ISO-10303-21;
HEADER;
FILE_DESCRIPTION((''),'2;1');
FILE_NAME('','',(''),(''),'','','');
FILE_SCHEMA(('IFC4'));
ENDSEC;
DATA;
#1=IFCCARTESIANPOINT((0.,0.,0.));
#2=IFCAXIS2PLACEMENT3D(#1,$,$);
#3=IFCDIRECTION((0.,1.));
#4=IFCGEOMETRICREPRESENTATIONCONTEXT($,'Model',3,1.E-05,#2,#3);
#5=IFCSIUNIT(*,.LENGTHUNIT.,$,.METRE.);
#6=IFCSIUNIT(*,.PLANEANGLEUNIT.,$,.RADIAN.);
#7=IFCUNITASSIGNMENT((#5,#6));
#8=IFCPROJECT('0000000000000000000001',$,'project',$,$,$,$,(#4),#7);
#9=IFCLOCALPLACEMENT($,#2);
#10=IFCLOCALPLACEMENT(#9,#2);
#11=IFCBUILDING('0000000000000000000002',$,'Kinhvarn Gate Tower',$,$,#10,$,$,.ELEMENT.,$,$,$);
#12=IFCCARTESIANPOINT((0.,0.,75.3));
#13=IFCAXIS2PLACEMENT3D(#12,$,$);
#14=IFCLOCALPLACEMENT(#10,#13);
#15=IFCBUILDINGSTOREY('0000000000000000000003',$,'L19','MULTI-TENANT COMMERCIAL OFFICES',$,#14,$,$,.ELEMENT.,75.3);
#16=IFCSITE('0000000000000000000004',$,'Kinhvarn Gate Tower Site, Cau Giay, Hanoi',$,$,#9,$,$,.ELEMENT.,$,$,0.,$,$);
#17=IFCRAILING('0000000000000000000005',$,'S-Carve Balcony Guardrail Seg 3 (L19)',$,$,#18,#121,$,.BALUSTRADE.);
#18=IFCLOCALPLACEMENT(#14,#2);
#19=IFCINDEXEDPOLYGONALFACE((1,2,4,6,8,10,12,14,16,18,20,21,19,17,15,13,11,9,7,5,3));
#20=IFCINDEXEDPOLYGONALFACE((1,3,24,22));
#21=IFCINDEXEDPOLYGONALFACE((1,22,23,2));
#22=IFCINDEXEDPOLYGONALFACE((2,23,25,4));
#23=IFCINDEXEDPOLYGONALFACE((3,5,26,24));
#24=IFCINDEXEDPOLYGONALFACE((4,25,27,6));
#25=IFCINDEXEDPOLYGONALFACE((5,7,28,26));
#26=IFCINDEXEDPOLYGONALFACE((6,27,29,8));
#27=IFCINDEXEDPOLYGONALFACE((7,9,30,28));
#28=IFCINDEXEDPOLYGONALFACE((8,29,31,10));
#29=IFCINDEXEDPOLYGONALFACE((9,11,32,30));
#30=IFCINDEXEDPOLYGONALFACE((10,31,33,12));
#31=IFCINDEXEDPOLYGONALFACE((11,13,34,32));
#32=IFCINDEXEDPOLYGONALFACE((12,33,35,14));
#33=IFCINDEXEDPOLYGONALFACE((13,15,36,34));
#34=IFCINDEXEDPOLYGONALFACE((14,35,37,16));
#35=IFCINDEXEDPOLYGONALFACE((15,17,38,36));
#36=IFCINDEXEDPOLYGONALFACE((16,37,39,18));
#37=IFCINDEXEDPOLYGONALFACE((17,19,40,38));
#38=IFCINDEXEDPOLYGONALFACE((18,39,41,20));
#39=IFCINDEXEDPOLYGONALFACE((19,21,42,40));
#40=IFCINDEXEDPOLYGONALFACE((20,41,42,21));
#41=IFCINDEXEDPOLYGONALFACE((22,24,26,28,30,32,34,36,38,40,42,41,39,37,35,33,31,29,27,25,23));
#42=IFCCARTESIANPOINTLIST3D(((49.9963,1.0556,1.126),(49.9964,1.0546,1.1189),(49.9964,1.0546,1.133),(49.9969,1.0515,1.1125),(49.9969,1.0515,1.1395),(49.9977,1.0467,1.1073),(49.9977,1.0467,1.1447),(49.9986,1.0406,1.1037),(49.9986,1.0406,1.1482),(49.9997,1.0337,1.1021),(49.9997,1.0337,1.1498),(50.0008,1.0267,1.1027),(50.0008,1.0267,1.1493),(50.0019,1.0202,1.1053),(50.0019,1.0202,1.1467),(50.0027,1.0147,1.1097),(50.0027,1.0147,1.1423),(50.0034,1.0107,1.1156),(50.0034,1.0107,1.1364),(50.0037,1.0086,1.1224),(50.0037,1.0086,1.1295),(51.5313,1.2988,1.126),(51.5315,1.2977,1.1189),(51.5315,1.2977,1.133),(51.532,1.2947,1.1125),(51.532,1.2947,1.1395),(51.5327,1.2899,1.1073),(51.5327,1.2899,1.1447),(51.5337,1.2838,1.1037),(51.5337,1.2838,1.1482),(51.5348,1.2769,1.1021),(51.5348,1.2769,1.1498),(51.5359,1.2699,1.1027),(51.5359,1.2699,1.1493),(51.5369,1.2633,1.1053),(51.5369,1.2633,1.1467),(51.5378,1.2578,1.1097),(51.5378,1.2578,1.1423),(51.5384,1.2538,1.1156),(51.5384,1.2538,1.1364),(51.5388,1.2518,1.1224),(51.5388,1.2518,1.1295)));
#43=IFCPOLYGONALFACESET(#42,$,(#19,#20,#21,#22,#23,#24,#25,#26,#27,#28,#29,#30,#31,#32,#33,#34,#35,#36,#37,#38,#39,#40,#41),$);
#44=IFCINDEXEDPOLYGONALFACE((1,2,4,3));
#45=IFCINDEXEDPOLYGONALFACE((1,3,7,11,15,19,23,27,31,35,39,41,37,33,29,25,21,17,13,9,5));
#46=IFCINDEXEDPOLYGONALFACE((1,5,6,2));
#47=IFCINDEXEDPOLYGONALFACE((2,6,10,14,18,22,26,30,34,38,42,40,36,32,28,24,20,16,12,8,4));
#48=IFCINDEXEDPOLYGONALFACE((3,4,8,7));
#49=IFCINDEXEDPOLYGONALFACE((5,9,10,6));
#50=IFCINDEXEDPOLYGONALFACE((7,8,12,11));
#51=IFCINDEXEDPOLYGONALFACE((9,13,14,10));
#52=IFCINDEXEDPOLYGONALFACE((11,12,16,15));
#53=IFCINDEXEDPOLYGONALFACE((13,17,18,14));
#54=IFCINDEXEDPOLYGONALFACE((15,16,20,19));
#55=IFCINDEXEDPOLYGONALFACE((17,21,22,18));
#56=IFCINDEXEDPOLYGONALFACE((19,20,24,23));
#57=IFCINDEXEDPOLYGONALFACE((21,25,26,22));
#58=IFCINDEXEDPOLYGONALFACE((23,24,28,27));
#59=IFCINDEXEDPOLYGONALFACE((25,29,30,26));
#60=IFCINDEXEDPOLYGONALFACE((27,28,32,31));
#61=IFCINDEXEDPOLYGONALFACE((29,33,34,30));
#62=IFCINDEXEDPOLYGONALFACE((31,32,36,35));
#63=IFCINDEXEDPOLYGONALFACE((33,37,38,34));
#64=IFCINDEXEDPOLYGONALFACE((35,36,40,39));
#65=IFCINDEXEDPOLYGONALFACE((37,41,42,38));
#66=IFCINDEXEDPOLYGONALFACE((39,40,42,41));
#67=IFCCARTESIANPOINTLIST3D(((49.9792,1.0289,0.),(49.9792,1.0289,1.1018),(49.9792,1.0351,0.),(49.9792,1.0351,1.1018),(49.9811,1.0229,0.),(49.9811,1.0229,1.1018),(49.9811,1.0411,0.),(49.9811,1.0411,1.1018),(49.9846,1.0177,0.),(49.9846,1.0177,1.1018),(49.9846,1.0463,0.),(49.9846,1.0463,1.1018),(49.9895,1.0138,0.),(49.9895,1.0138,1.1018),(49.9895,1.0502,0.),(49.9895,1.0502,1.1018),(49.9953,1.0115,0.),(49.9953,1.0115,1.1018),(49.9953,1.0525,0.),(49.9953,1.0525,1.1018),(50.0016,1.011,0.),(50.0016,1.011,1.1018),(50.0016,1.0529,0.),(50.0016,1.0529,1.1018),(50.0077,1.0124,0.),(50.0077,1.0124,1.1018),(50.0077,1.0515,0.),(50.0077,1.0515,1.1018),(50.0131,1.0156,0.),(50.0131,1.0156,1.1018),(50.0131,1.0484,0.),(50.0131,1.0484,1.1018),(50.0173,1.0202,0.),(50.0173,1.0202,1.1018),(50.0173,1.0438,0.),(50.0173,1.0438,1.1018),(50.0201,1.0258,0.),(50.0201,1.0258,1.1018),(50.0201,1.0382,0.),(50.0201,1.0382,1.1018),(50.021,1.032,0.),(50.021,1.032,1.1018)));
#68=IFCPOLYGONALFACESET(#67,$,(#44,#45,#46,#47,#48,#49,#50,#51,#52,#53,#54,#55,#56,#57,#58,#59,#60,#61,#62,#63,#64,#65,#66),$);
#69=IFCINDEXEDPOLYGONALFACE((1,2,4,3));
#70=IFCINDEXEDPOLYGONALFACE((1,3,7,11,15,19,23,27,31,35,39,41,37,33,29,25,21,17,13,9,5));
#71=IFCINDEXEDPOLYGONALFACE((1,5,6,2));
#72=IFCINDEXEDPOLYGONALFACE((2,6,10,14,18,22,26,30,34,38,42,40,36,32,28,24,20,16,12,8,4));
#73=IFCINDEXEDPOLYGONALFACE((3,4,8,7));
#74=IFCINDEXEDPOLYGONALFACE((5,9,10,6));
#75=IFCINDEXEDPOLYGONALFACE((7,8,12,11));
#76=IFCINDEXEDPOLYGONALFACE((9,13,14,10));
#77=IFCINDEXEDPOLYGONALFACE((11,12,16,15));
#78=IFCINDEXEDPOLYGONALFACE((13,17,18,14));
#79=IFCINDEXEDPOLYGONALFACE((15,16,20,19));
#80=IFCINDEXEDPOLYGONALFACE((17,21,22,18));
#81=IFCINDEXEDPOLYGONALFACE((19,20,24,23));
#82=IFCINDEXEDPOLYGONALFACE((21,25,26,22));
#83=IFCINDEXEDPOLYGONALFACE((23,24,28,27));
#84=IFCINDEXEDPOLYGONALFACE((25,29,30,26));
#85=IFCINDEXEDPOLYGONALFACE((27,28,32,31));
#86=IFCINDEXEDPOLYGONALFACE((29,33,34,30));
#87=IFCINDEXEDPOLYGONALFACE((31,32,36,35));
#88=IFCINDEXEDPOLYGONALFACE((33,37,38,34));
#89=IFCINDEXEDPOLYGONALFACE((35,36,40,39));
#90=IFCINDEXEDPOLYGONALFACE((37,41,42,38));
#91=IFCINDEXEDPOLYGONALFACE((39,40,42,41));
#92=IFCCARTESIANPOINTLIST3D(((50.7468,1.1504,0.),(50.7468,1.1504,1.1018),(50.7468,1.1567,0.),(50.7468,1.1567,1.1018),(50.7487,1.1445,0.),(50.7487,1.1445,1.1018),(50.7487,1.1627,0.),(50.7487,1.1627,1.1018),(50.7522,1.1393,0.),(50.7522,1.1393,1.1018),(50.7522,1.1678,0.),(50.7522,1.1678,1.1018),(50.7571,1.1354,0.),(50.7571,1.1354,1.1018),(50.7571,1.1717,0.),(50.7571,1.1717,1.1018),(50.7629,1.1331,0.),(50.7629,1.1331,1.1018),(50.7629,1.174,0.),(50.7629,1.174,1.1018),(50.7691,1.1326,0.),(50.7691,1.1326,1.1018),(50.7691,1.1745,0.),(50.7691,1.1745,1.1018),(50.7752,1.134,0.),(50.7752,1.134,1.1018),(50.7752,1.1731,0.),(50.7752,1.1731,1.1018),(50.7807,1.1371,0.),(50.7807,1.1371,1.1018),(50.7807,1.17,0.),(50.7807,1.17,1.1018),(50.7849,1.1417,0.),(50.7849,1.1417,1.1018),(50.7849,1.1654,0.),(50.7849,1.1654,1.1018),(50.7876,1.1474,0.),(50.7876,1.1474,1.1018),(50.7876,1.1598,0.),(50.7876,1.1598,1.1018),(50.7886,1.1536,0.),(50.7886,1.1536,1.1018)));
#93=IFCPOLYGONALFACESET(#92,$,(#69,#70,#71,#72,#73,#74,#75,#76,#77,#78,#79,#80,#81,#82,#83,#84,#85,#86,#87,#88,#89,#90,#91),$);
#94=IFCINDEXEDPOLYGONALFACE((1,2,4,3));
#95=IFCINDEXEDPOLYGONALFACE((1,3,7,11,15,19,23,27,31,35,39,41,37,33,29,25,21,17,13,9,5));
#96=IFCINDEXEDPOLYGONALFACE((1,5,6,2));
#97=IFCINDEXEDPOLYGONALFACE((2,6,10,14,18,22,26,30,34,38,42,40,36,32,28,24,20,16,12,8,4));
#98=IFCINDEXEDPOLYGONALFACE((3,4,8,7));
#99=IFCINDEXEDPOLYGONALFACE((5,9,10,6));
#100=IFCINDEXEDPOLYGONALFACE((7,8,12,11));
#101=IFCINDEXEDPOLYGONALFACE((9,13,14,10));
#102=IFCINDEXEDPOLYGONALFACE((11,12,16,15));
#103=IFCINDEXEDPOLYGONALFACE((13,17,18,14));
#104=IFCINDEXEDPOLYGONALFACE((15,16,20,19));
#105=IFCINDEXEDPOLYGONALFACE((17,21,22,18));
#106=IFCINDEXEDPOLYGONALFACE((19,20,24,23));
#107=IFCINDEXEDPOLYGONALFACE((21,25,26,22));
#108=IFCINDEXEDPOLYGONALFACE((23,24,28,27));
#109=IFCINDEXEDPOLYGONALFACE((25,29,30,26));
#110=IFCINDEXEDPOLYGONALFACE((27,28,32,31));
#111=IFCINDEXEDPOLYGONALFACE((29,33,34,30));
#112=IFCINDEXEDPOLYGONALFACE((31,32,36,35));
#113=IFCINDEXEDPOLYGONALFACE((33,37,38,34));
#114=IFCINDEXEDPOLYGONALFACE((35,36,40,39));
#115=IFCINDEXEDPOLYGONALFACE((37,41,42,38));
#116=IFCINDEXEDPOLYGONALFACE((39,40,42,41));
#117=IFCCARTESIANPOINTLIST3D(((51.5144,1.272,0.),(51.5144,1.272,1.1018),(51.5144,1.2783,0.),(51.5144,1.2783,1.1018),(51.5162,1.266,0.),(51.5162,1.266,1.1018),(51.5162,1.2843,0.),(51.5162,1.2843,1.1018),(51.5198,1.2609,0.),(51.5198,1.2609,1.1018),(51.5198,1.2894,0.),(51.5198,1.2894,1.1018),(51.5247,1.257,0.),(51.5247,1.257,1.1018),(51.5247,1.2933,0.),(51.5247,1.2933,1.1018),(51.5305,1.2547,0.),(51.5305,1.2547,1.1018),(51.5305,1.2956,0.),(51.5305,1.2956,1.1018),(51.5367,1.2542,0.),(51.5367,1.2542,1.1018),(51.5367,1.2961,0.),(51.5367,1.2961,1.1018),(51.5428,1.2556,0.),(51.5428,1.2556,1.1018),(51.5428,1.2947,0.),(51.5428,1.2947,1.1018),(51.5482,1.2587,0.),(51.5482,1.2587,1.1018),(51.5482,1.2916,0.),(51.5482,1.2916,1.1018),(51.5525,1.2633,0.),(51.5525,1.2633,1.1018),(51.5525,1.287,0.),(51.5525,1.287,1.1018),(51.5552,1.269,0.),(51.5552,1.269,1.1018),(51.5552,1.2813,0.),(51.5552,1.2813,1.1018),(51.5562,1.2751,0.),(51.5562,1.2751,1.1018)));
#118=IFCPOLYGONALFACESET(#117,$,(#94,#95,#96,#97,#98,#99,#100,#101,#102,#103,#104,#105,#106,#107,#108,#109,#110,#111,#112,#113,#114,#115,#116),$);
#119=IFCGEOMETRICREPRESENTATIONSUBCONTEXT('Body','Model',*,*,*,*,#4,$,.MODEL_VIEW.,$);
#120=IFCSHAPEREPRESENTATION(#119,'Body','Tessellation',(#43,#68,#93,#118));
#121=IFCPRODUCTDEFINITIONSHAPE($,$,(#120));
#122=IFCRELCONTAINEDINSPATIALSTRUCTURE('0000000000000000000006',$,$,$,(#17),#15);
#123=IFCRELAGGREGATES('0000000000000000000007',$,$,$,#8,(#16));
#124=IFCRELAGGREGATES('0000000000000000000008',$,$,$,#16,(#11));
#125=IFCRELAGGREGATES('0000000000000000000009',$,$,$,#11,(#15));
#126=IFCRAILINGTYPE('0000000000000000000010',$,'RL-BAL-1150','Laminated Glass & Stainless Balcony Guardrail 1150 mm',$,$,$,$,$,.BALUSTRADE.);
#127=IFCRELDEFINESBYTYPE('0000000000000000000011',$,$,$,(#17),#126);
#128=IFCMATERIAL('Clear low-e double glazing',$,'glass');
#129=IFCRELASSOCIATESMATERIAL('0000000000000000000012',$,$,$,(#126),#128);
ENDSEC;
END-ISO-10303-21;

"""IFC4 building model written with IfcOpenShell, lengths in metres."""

from ifc_helpers import new_model, si_unit, direction, frame, origin, origin_2d, place, context, subcontext, project, spatial, circle, extrude, material, type_object, element, save


model = new_model("IFC4")

# Units and contexts
model_context = context("Model", 3, precision=1e-05, world=origin(), true_north=direction((0.0, 1.0)))
body_context = subcontext(model_context, "Body", "Model", "MODEL_VIEW")
ifc_project = project(units=[si_unit("LENGTHUNIT", "METRE"), si_unit("PLANEANGLEUNIT", "RADIAN")], contexts=[model_context])

# Site, building, storey
site_placement = place(None, origin())
site = spatial("IfcSite", under=ifc_project, at=site_placement, Name="Kinhvarn Gate Tower Site, Cau Giay, Hanoi", CompositionType="ELEMENT", RefElevation=0.0)
building_placement = place(site_placement, origin())
building = spatial("IfcBuilding", under=site, at=building_placement, Name="Kinhvarn Gate Tower", CompositionType="ELEMENT")
storey_placement = place(building_placement, frame((0.0, 0.0, 75.3)))
storey = spatial("IfcBuildingStorey", under=building, at=storey_placement, Name="L19", Description="MULTI-TENANT COMMERCIAL OFFICES", CompositionType="ELEMENT", Elevation=75.3)

# Shared definitions
ifc_material_1 = material(Name="Clear low-e double glazing", Category="glass")

# Railing
railing_type = type_object("IfcRailingType", Name="RL-BAL-1150", Description="Laminated Glass & Stainless Balcony Guardrail 1150 mm", PredefinedType="BALUSTRADE", material=ifc_material_1)
railing_1_placement = place(storey_placement, frame((50.0, 1.032, 0.0)))
element("IfcRailing", 1, at=railing_1_placement, inside=storey, type_object=railing_type, Name="S-Carve Balcony Guardrail Seg 3 (L19)", PredefinedType="BALUSTRADE", context=body_context, shape_type="SweptSolid", body=[
    extrude(circle(Radius=0.0239, at=origin_2d()), frame((0.0, 0.0, 1.126), z_axis=(0.987686, 0.156447, 0.0), x_axis=(-0.156447, 0.987686, 0.0)), (0.0, 0.0, 1.0), 1.5542),
    extrude(circle(Radius=0.021, at=origin_2d()), origin(), (0.0, 0.0, 1.0), 1.1018),
    extrude(circle(Radius=0.021, at=origin_2d()), frame((0.7676, 0.1216, 0.0)), (0.0, 0.0, 1.0), 1.1018),
    extrude(circle(Radius=0.021, at=origin_2d()), frame((1.5352, 0.2432, 0.0)), (0.0, 0.0, 1.0), 1.1018),
])

save(model, "model.ifc")
